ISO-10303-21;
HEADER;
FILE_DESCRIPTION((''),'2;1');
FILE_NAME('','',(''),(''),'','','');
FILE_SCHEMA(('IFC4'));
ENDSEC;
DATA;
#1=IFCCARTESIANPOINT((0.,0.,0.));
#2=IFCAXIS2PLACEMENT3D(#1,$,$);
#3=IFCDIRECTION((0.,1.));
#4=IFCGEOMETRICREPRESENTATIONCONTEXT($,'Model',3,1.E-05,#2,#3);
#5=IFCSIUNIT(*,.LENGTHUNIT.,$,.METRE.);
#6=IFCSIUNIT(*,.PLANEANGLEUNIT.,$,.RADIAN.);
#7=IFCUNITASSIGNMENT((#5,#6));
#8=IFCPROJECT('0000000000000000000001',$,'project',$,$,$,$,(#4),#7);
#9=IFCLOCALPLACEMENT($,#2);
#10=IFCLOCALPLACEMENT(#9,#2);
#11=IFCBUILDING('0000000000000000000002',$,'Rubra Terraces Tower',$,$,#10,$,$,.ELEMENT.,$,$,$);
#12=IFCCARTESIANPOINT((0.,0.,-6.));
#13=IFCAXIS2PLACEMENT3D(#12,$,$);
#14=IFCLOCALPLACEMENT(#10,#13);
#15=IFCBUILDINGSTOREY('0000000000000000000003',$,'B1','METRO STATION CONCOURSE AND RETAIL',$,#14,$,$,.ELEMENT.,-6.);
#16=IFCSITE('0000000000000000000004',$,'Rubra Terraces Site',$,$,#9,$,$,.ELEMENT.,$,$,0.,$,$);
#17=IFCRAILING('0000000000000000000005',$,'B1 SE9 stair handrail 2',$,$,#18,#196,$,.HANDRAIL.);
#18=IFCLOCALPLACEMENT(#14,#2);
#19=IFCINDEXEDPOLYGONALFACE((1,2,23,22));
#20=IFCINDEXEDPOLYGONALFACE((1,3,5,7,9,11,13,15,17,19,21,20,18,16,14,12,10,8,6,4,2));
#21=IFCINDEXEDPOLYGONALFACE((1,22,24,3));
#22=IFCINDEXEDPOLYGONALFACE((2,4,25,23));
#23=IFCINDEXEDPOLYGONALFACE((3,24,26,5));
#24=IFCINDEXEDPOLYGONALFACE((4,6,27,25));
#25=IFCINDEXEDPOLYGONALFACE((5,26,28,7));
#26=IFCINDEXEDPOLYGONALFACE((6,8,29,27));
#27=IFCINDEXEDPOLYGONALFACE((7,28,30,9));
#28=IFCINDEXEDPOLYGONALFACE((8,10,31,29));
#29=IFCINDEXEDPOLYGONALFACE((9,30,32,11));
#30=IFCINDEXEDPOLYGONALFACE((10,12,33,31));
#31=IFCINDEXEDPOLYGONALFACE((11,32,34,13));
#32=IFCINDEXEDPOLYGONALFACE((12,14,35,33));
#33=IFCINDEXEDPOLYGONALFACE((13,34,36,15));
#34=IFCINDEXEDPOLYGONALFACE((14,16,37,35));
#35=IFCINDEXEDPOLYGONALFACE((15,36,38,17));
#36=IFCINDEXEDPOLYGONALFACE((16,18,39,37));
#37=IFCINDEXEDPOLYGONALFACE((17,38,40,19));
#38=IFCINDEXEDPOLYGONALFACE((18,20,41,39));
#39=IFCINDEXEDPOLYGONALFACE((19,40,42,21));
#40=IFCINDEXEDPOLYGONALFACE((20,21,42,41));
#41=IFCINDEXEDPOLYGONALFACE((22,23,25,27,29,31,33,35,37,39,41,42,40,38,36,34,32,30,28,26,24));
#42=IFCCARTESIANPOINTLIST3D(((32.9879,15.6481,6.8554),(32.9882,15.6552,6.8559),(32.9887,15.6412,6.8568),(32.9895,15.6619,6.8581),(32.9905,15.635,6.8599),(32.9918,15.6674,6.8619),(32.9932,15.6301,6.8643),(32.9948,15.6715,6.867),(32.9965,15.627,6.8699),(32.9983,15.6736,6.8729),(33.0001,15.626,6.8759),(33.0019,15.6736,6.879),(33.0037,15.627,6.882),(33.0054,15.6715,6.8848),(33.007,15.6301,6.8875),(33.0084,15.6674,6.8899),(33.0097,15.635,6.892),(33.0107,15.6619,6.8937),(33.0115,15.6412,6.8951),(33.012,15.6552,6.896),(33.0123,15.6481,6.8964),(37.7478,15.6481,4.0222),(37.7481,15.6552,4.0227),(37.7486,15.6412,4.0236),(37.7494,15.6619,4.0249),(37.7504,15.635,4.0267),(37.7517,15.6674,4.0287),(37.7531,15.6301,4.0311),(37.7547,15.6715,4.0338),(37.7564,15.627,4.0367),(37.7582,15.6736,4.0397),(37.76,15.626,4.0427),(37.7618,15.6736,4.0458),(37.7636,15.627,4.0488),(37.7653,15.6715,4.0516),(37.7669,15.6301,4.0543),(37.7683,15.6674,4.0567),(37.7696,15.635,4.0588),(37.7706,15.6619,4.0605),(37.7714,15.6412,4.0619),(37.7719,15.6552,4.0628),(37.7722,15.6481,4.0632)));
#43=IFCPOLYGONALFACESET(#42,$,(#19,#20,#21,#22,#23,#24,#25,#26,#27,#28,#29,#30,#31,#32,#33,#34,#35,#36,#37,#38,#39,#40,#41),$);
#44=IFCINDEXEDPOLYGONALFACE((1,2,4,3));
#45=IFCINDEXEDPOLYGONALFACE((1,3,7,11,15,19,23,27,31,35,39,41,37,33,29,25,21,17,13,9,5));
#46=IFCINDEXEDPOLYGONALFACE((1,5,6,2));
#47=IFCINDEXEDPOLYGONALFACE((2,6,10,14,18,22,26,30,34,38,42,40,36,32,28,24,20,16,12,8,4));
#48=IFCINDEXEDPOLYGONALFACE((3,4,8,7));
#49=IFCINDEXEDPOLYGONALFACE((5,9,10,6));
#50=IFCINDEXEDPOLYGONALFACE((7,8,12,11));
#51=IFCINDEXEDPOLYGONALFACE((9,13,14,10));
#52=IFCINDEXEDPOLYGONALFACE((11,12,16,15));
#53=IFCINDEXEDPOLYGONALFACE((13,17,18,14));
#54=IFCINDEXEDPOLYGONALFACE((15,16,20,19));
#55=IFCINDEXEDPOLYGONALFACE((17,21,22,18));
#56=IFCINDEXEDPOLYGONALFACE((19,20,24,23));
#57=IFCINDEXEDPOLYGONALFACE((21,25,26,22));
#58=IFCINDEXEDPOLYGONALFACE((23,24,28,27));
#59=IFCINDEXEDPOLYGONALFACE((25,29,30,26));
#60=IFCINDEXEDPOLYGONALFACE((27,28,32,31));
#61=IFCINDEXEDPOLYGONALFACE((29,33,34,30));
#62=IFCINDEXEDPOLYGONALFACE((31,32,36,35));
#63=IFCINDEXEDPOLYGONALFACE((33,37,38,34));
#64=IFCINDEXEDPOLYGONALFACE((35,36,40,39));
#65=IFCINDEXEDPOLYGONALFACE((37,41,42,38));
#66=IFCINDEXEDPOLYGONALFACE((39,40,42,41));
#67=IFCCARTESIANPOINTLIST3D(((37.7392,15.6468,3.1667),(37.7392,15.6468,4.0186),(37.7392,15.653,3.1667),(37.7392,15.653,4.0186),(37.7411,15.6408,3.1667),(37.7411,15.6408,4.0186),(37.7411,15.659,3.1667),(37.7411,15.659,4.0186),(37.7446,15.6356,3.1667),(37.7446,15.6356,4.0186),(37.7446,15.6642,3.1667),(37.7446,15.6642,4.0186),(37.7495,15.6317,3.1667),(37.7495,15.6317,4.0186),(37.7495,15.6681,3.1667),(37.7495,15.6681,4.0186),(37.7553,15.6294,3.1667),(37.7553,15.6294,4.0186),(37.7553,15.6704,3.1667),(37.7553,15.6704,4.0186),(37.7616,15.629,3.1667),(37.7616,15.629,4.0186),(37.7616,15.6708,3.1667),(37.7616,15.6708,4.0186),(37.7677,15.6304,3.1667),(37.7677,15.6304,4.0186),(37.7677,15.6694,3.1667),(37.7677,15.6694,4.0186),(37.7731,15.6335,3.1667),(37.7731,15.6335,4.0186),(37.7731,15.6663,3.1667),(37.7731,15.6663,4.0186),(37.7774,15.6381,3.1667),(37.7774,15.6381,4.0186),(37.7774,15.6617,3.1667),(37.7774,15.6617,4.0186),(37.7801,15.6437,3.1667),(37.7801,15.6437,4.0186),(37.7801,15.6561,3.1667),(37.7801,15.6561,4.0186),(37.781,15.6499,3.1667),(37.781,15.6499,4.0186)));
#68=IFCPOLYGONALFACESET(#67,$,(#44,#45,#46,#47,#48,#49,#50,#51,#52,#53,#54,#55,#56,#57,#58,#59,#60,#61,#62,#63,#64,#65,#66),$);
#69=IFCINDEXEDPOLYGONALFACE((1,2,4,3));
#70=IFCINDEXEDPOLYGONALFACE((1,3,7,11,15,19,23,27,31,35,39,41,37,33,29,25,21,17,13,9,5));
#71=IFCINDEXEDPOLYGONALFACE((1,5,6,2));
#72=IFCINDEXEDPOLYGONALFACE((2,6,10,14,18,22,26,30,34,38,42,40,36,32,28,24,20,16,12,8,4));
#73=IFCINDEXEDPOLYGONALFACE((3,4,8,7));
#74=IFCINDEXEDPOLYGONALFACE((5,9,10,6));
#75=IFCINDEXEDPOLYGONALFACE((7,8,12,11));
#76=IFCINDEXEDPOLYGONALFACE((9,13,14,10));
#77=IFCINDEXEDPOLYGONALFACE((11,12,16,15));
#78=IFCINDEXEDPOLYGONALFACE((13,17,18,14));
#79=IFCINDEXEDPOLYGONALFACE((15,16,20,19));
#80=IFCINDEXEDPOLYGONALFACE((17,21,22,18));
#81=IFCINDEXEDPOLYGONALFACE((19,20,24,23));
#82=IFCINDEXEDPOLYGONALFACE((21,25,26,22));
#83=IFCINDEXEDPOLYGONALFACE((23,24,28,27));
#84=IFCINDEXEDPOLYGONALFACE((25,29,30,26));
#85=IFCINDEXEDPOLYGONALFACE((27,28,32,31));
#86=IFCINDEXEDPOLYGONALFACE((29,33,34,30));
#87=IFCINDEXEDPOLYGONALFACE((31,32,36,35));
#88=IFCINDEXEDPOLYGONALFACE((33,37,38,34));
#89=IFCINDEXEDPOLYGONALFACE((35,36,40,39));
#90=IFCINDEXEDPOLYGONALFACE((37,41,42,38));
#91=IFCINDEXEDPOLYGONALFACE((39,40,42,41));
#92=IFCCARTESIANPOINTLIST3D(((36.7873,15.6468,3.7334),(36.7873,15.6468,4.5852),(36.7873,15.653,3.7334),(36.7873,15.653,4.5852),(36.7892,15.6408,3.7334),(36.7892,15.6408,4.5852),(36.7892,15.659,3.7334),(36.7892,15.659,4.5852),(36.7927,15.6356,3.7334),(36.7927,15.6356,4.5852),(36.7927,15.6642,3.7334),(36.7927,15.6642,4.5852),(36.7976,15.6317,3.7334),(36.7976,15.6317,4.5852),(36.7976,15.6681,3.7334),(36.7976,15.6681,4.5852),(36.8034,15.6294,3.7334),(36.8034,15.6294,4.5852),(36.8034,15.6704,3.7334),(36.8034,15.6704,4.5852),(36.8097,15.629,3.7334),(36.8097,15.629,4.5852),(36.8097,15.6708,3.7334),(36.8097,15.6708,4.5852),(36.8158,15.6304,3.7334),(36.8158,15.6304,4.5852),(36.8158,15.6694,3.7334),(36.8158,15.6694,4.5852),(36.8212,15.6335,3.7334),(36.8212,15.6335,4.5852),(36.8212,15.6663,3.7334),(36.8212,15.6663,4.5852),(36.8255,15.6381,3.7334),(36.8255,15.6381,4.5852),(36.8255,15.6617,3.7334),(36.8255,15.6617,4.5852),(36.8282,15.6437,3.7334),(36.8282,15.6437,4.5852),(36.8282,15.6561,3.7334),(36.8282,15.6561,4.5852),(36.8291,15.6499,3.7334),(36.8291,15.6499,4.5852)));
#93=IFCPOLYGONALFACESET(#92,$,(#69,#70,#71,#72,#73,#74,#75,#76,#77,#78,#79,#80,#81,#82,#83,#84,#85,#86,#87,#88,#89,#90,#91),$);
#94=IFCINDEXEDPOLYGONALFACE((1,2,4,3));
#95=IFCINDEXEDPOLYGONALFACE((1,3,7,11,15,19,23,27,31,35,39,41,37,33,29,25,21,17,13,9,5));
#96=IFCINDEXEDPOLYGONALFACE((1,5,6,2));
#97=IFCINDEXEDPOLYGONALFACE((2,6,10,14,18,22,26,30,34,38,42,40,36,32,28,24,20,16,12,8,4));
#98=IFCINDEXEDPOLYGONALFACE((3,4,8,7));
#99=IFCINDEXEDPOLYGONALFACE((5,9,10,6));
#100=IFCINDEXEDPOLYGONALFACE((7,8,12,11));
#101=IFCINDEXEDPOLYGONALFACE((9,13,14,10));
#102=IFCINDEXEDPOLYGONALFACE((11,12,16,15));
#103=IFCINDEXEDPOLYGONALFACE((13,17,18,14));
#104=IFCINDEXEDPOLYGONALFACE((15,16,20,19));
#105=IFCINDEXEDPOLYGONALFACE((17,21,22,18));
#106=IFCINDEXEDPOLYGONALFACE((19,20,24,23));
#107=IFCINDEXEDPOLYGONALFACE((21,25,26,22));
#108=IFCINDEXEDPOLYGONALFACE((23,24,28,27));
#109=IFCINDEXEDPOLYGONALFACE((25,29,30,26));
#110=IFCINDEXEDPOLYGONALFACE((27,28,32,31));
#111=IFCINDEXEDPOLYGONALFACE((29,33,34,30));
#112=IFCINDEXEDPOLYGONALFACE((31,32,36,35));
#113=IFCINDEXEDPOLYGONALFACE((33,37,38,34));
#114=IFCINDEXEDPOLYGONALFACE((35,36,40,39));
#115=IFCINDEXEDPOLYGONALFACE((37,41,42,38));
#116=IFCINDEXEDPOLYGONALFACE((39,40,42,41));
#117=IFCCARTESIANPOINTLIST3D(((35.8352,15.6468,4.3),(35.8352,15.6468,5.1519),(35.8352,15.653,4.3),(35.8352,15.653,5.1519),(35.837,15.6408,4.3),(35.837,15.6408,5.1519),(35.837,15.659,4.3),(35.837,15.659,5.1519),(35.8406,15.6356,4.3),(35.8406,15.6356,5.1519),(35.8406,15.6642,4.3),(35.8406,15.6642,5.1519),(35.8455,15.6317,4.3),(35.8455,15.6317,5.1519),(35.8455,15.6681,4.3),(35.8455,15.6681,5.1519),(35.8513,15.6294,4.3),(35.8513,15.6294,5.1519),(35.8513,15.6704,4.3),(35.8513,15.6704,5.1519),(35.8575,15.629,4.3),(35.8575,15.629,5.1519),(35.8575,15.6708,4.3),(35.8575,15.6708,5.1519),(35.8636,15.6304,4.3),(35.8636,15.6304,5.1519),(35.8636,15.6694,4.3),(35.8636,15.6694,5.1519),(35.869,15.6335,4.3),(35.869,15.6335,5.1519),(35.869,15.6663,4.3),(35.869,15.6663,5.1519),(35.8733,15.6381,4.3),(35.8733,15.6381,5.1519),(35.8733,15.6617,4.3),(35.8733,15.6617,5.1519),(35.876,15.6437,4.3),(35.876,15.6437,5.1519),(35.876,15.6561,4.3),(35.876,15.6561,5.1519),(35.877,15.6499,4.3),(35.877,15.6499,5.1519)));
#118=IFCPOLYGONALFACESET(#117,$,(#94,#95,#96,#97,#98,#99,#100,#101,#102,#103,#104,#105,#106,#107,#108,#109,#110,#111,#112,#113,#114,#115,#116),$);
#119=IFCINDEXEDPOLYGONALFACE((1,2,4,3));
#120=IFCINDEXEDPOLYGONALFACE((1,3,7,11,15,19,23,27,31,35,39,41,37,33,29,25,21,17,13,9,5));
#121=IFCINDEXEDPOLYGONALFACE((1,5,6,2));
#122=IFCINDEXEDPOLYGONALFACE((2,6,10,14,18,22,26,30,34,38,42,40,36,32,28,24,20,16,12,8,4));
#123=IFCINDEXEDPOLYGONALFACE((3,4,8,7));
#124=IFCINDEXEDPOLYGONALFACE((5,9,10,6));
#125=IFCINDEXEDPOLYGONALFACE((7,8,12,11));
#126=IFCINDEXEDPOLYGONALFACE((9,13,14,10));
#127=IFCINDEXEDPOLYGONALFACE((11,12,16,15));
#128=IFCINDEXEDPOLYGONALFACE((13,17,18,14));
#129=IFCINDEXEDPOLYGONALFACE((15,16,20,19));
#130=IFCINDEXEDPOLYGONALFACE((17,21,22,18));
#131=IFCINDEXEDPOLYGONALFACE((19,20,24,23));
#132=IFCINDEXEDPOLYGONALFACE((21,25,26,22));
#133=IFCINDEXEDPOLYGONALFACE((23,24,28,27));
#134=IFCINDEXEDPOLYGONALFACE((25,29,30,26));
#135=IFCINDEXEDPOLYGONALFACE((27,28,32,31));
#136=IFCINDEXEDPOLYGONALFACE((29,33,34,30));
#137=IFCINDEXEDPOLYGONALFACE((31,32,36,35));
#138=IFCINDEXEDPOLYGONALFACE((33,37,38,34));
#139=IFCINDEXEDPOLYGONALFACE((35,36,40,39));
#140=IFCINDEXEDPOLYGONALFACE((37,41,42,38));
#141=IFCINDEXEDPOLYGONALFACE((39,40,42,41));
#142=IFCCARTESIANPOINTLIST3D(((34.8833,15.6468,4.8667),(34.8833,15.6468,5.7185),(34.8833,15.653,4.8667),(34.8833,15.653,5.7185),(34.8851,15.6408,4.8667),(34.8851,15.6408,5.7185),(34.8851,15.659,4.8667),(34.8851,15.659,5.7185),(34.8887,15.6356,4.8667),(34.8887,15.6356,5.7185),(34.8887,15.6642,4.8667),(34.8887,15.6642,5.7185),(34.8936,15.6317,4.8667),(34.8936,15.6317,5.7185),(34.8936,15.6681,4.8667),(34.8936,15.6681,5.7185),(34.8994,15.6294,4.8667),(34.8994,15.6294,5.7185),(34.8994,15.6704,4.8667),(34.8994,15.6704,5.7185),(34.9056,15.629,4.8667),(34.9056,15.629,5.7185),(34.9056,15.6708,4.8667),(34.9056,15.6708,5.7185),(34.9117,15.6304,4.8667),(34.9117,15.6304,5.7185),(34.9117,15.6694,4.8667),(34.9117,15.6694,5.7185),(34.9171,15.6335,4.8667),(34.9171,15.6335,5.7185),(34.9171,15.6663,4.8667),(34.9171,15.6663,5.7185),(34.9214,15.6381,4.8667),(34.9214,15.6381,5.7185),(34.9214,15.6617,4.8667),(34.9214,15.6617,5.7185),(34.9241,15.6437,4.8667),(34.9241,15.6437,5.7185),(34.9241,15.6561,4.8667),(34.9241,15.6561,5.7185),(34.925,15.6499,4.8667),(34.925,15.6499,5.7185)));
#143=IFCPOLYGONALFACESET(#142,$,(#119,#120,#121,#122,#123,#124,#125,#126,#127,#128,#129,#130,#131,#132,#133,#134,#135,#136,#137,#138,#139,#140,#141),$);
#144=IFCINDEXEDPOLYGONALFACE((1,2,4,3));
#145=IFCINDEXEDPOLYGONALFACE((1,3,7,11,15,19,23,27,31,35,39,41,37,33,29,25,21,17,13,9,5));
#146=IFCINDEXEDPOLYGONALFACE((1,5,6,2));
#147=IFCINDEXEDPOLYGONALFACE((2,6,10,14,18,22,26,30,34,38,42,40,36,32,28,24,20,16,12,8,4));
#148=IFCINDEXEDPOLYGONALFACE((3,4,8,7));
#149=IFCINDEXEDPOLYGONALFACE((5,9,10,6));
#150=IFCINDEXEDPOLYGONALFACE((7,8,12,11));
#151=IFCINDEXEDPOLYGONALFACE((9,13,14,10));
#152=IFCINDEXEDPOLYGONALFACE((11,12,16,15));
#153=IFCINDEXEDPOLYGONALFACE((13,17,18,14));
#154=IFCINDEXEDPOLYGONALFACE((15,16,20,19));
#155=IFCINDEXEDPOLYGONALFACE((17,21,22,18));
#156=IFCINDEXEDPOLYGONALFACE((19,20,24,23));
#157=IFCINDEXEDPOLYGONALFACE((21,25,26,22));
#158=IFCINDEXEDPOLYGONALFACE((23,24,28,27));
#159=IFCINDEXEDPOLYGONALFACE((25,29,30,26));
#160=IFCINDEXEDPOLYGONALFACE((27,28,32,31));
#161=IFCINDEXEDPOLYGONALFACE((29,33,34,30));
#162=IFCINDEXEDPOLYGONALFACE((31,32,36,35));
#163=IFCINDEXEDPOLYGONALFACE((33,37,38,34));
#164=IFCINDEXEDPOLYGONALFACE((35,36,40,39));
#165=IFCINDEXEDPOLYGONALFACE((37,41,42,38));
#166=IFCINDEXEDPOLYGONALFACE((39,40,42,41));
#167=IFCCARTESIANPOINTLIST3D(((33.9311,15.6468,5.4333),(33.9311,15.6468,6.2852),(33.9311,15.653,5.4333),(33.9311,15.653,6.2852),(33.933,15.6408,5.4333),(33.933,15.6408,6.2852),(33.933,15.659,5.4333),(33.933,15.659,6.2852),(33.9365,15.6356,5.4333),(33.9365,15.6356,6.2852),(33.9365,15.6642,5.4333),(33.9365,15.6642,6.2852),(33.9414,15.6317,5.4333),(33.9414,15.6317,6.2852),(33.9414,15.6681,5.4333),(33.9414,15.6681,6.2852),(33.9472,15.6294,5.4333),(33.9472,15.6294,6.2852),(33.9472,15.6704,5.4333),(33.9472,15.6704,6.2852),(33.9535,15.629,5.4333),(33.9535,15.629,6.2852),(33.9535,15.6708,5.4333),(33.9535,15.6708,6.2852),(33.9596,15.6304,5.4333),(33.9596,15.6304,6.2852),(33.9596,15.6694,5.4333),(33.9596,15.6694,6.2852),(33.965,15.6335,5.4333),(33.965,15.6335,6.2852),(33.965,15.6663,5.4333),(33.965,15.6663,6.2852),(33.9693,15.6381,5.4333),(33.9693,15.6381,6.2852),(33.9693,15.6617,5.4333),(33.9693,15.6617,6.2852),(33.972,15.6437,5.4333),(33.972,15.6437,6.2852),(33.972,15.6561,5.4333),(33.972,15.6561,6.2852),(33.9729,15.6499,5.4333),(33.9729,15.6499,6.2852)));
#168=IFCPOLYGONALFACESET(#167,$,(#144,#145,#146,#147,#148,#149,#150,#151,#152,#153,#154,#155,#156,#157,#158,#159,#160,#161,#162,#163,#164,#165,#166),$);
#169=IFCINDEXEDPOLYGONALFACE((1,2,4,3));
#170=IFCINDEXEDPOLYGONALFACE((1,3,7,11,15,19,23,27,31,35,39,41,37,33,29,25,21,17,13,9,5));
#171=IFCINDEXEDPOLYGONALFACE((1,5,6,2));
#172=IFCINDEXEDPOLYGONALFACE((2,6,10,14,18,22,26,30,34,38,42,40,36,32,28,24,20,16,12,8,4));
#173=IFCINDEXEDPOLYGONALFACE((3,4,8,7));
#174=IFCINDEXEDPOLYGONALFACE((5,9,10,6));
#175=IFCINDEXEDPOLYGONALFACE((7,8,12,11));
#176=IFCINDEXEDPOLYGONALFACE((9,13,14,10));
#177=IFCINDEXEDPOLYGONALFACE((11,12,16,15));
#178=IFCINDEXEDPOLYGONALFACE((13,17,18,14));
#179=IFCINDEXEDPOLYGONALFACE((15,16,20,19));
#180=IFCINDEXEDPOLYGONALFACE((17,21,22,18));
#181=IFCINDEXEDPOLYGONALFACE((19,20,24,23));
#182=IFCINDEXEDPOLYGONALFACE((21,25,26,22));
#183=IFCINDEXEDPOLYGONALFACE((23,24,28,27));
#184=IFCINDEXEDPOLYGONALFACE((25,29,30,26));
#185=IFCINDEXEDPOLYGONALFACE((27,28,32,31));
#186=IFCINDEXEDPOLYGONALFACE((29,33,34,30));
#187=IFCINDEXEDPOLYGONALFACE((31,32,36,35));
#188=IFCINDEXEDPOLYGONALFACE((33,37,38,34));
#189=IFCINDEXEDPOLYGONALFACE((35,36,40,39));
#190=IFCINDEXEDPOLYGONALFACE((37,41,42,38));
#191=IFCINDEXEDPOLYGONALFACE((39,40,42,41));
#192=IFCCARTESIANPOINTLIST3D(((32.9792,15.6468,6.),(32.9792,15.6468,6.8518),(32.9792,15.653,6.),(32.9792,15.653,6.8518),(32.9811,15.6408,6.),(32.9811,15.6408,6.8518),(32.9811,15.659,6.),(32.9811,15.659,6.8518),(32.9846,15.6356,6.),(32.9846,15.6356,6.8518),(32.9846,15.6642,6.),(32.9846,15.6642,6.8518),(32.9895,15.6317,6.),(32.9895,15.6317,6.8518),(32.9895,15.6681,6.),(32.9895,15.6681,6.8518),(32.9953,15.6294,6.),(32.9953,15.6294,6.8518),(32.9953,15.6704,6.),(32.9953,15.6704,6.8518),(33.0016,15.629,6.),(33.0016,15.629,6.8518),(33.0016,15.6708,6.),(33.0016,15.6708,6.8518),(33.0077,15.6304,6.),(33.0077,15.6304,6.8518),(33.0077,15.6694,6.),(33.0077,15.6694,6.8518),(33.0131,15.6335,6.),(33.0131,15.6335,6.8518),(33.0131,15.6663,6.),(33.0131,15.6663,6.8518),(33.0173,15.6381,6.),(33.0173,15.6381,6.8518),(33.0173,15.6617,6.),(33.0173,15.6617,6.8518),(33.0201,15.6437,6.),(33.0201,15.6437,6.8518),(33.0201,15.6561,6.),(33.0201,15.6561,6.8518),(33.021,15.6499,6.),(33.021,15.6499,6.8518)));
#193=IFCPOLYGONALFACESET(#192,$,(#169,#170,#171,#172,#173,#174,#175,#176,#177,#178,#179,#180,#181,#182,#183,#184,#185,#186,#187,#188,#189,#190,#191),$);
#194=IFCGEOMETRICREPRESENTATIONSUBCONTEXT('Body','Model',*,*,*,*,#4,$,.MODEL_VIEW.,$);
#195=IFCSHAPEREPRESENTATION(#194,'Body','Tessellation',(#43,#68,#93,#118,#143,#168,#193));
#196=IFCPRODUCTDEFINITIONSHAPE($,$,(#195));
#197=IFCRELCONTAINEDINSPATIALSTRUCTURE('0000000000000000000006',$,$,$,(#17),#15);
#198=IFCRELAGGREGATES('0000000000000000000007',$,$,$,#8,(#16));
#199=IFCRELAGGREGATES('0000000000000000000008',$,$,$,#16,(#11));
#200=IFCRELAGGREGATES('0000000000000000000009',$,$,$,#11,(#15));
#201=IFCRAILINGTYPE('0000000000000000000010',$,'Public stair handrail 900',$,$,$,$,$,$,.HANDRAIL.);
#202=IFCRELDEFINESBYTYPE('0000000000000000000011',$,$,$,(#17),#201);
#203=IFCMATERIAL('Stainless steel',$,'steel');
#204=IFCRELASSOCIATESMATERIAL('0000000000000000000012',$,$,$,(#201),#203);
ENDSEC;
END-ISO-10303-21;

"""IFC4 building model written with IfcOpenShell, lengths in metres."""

from ifc_helpers import new_model, si_unit, direction, frame, origin, origin_2d, place, context, subcontext, project, spatial, circle, extrude, material, type_object, element, save


model = new_model("IFC4")

# Units and contexts
model_context = context("Model", 3, precision=1e-05, world=origin(), true_north=direction((0.0, 1.0)))
body_context = subcontext(model_context, "Body", "Model", "MODEL_VIEW")
ifc_project = project(units=[si_unit("LENGTHUNIT", "METRE"), si_unit("PLANEANGLEUNIT", "RADIAN")], contexts=[model_context])

# Site, building, storey
site_placement = place(None, origin())
site = spatial("IfcSite", under=ifc_project, at=site_placement, Name="Rubra Terraces Site", CompositionType="ELEMENT", RefElevation=0.0)
building_placement = place(site_placement, origin())
building = spatial("IfcBuilding", under=site, at=building_placement, Name="Rubra Terraces Tower", CompositionType="ELEMENT")
storey_placement = place(building_placement, frame((0.0, 0.0, -6.0)))
storey = spatial("IfcBuildingStorey", under=building, at=storey_placement, Name="B1", Description="METRO STATION CONCOURSE AND RETAIL", CompositionType="ELEMENT", Elevation=-6.0)

# Railing
ifc_material_1 = material(Name="Stainless steel", Category="steel")
railing_type_1 = type_object("IfcRailingType", Name="Public stair handrail 900", PredefinedType="HANDRAIL", material=ifc_material_1)
railing_1_placement = place(storey_placement, frame((37.76, 15.6499, 3.1667)))
element("IfcRailing", 1, at=railing_1_placement, inside=storey, type_object=railing_type_1, Name="B1 SE9 stair handrail 2", PredefinedType="HANDRAIL", context=body_context, shape_type="SweptSolid", body=[
    extrude(circle(Radius=0.0239, at=origin_2d()), frame((0.0, 0.0, 0.876), z_axis=(-0.8593, 0.0, 0.511472), x_axis=(0.0, -1.0, 0.0)), (0.0, 0.0, 1.0), 5.5393),
    extrude(circle(Radius=0.021, at=origin_2d()), origin(), (0.0, 0.0, 1.0), 0.8518),
    extrude(circle(Radius=0.021, at=origin_2d()), frame((-0.9519, 0.0, 0.5667)), (0.0, 0.0, 1.0), 0.8518),
    extrude(circle(Radius=0.021, at=origin_2d()), frame((-1.9041, 0.0, 1.1333)), (0.0, 0.0, 1.0), 0.8518),
    extrude(circle(Radius=0.021, at=origin_2d()), frame((-2.856, 0.0, 1.7)), (0.0, 0.0, 1.0), 0.8518),
    extrude(circle(Radius=0.021, at=origin_2d()), frame((-3.8081, 0.0, 2.2666)), (0.0, 0.0, 1.0), 0.8518),
    extrude(circle(Radius=0.021, at=origin_2d()), frame((-4.76, 0.0, 2.8333)), (0.0, 0.0, 1.0), 0.8518),
])

save(model, "model.ifc")
